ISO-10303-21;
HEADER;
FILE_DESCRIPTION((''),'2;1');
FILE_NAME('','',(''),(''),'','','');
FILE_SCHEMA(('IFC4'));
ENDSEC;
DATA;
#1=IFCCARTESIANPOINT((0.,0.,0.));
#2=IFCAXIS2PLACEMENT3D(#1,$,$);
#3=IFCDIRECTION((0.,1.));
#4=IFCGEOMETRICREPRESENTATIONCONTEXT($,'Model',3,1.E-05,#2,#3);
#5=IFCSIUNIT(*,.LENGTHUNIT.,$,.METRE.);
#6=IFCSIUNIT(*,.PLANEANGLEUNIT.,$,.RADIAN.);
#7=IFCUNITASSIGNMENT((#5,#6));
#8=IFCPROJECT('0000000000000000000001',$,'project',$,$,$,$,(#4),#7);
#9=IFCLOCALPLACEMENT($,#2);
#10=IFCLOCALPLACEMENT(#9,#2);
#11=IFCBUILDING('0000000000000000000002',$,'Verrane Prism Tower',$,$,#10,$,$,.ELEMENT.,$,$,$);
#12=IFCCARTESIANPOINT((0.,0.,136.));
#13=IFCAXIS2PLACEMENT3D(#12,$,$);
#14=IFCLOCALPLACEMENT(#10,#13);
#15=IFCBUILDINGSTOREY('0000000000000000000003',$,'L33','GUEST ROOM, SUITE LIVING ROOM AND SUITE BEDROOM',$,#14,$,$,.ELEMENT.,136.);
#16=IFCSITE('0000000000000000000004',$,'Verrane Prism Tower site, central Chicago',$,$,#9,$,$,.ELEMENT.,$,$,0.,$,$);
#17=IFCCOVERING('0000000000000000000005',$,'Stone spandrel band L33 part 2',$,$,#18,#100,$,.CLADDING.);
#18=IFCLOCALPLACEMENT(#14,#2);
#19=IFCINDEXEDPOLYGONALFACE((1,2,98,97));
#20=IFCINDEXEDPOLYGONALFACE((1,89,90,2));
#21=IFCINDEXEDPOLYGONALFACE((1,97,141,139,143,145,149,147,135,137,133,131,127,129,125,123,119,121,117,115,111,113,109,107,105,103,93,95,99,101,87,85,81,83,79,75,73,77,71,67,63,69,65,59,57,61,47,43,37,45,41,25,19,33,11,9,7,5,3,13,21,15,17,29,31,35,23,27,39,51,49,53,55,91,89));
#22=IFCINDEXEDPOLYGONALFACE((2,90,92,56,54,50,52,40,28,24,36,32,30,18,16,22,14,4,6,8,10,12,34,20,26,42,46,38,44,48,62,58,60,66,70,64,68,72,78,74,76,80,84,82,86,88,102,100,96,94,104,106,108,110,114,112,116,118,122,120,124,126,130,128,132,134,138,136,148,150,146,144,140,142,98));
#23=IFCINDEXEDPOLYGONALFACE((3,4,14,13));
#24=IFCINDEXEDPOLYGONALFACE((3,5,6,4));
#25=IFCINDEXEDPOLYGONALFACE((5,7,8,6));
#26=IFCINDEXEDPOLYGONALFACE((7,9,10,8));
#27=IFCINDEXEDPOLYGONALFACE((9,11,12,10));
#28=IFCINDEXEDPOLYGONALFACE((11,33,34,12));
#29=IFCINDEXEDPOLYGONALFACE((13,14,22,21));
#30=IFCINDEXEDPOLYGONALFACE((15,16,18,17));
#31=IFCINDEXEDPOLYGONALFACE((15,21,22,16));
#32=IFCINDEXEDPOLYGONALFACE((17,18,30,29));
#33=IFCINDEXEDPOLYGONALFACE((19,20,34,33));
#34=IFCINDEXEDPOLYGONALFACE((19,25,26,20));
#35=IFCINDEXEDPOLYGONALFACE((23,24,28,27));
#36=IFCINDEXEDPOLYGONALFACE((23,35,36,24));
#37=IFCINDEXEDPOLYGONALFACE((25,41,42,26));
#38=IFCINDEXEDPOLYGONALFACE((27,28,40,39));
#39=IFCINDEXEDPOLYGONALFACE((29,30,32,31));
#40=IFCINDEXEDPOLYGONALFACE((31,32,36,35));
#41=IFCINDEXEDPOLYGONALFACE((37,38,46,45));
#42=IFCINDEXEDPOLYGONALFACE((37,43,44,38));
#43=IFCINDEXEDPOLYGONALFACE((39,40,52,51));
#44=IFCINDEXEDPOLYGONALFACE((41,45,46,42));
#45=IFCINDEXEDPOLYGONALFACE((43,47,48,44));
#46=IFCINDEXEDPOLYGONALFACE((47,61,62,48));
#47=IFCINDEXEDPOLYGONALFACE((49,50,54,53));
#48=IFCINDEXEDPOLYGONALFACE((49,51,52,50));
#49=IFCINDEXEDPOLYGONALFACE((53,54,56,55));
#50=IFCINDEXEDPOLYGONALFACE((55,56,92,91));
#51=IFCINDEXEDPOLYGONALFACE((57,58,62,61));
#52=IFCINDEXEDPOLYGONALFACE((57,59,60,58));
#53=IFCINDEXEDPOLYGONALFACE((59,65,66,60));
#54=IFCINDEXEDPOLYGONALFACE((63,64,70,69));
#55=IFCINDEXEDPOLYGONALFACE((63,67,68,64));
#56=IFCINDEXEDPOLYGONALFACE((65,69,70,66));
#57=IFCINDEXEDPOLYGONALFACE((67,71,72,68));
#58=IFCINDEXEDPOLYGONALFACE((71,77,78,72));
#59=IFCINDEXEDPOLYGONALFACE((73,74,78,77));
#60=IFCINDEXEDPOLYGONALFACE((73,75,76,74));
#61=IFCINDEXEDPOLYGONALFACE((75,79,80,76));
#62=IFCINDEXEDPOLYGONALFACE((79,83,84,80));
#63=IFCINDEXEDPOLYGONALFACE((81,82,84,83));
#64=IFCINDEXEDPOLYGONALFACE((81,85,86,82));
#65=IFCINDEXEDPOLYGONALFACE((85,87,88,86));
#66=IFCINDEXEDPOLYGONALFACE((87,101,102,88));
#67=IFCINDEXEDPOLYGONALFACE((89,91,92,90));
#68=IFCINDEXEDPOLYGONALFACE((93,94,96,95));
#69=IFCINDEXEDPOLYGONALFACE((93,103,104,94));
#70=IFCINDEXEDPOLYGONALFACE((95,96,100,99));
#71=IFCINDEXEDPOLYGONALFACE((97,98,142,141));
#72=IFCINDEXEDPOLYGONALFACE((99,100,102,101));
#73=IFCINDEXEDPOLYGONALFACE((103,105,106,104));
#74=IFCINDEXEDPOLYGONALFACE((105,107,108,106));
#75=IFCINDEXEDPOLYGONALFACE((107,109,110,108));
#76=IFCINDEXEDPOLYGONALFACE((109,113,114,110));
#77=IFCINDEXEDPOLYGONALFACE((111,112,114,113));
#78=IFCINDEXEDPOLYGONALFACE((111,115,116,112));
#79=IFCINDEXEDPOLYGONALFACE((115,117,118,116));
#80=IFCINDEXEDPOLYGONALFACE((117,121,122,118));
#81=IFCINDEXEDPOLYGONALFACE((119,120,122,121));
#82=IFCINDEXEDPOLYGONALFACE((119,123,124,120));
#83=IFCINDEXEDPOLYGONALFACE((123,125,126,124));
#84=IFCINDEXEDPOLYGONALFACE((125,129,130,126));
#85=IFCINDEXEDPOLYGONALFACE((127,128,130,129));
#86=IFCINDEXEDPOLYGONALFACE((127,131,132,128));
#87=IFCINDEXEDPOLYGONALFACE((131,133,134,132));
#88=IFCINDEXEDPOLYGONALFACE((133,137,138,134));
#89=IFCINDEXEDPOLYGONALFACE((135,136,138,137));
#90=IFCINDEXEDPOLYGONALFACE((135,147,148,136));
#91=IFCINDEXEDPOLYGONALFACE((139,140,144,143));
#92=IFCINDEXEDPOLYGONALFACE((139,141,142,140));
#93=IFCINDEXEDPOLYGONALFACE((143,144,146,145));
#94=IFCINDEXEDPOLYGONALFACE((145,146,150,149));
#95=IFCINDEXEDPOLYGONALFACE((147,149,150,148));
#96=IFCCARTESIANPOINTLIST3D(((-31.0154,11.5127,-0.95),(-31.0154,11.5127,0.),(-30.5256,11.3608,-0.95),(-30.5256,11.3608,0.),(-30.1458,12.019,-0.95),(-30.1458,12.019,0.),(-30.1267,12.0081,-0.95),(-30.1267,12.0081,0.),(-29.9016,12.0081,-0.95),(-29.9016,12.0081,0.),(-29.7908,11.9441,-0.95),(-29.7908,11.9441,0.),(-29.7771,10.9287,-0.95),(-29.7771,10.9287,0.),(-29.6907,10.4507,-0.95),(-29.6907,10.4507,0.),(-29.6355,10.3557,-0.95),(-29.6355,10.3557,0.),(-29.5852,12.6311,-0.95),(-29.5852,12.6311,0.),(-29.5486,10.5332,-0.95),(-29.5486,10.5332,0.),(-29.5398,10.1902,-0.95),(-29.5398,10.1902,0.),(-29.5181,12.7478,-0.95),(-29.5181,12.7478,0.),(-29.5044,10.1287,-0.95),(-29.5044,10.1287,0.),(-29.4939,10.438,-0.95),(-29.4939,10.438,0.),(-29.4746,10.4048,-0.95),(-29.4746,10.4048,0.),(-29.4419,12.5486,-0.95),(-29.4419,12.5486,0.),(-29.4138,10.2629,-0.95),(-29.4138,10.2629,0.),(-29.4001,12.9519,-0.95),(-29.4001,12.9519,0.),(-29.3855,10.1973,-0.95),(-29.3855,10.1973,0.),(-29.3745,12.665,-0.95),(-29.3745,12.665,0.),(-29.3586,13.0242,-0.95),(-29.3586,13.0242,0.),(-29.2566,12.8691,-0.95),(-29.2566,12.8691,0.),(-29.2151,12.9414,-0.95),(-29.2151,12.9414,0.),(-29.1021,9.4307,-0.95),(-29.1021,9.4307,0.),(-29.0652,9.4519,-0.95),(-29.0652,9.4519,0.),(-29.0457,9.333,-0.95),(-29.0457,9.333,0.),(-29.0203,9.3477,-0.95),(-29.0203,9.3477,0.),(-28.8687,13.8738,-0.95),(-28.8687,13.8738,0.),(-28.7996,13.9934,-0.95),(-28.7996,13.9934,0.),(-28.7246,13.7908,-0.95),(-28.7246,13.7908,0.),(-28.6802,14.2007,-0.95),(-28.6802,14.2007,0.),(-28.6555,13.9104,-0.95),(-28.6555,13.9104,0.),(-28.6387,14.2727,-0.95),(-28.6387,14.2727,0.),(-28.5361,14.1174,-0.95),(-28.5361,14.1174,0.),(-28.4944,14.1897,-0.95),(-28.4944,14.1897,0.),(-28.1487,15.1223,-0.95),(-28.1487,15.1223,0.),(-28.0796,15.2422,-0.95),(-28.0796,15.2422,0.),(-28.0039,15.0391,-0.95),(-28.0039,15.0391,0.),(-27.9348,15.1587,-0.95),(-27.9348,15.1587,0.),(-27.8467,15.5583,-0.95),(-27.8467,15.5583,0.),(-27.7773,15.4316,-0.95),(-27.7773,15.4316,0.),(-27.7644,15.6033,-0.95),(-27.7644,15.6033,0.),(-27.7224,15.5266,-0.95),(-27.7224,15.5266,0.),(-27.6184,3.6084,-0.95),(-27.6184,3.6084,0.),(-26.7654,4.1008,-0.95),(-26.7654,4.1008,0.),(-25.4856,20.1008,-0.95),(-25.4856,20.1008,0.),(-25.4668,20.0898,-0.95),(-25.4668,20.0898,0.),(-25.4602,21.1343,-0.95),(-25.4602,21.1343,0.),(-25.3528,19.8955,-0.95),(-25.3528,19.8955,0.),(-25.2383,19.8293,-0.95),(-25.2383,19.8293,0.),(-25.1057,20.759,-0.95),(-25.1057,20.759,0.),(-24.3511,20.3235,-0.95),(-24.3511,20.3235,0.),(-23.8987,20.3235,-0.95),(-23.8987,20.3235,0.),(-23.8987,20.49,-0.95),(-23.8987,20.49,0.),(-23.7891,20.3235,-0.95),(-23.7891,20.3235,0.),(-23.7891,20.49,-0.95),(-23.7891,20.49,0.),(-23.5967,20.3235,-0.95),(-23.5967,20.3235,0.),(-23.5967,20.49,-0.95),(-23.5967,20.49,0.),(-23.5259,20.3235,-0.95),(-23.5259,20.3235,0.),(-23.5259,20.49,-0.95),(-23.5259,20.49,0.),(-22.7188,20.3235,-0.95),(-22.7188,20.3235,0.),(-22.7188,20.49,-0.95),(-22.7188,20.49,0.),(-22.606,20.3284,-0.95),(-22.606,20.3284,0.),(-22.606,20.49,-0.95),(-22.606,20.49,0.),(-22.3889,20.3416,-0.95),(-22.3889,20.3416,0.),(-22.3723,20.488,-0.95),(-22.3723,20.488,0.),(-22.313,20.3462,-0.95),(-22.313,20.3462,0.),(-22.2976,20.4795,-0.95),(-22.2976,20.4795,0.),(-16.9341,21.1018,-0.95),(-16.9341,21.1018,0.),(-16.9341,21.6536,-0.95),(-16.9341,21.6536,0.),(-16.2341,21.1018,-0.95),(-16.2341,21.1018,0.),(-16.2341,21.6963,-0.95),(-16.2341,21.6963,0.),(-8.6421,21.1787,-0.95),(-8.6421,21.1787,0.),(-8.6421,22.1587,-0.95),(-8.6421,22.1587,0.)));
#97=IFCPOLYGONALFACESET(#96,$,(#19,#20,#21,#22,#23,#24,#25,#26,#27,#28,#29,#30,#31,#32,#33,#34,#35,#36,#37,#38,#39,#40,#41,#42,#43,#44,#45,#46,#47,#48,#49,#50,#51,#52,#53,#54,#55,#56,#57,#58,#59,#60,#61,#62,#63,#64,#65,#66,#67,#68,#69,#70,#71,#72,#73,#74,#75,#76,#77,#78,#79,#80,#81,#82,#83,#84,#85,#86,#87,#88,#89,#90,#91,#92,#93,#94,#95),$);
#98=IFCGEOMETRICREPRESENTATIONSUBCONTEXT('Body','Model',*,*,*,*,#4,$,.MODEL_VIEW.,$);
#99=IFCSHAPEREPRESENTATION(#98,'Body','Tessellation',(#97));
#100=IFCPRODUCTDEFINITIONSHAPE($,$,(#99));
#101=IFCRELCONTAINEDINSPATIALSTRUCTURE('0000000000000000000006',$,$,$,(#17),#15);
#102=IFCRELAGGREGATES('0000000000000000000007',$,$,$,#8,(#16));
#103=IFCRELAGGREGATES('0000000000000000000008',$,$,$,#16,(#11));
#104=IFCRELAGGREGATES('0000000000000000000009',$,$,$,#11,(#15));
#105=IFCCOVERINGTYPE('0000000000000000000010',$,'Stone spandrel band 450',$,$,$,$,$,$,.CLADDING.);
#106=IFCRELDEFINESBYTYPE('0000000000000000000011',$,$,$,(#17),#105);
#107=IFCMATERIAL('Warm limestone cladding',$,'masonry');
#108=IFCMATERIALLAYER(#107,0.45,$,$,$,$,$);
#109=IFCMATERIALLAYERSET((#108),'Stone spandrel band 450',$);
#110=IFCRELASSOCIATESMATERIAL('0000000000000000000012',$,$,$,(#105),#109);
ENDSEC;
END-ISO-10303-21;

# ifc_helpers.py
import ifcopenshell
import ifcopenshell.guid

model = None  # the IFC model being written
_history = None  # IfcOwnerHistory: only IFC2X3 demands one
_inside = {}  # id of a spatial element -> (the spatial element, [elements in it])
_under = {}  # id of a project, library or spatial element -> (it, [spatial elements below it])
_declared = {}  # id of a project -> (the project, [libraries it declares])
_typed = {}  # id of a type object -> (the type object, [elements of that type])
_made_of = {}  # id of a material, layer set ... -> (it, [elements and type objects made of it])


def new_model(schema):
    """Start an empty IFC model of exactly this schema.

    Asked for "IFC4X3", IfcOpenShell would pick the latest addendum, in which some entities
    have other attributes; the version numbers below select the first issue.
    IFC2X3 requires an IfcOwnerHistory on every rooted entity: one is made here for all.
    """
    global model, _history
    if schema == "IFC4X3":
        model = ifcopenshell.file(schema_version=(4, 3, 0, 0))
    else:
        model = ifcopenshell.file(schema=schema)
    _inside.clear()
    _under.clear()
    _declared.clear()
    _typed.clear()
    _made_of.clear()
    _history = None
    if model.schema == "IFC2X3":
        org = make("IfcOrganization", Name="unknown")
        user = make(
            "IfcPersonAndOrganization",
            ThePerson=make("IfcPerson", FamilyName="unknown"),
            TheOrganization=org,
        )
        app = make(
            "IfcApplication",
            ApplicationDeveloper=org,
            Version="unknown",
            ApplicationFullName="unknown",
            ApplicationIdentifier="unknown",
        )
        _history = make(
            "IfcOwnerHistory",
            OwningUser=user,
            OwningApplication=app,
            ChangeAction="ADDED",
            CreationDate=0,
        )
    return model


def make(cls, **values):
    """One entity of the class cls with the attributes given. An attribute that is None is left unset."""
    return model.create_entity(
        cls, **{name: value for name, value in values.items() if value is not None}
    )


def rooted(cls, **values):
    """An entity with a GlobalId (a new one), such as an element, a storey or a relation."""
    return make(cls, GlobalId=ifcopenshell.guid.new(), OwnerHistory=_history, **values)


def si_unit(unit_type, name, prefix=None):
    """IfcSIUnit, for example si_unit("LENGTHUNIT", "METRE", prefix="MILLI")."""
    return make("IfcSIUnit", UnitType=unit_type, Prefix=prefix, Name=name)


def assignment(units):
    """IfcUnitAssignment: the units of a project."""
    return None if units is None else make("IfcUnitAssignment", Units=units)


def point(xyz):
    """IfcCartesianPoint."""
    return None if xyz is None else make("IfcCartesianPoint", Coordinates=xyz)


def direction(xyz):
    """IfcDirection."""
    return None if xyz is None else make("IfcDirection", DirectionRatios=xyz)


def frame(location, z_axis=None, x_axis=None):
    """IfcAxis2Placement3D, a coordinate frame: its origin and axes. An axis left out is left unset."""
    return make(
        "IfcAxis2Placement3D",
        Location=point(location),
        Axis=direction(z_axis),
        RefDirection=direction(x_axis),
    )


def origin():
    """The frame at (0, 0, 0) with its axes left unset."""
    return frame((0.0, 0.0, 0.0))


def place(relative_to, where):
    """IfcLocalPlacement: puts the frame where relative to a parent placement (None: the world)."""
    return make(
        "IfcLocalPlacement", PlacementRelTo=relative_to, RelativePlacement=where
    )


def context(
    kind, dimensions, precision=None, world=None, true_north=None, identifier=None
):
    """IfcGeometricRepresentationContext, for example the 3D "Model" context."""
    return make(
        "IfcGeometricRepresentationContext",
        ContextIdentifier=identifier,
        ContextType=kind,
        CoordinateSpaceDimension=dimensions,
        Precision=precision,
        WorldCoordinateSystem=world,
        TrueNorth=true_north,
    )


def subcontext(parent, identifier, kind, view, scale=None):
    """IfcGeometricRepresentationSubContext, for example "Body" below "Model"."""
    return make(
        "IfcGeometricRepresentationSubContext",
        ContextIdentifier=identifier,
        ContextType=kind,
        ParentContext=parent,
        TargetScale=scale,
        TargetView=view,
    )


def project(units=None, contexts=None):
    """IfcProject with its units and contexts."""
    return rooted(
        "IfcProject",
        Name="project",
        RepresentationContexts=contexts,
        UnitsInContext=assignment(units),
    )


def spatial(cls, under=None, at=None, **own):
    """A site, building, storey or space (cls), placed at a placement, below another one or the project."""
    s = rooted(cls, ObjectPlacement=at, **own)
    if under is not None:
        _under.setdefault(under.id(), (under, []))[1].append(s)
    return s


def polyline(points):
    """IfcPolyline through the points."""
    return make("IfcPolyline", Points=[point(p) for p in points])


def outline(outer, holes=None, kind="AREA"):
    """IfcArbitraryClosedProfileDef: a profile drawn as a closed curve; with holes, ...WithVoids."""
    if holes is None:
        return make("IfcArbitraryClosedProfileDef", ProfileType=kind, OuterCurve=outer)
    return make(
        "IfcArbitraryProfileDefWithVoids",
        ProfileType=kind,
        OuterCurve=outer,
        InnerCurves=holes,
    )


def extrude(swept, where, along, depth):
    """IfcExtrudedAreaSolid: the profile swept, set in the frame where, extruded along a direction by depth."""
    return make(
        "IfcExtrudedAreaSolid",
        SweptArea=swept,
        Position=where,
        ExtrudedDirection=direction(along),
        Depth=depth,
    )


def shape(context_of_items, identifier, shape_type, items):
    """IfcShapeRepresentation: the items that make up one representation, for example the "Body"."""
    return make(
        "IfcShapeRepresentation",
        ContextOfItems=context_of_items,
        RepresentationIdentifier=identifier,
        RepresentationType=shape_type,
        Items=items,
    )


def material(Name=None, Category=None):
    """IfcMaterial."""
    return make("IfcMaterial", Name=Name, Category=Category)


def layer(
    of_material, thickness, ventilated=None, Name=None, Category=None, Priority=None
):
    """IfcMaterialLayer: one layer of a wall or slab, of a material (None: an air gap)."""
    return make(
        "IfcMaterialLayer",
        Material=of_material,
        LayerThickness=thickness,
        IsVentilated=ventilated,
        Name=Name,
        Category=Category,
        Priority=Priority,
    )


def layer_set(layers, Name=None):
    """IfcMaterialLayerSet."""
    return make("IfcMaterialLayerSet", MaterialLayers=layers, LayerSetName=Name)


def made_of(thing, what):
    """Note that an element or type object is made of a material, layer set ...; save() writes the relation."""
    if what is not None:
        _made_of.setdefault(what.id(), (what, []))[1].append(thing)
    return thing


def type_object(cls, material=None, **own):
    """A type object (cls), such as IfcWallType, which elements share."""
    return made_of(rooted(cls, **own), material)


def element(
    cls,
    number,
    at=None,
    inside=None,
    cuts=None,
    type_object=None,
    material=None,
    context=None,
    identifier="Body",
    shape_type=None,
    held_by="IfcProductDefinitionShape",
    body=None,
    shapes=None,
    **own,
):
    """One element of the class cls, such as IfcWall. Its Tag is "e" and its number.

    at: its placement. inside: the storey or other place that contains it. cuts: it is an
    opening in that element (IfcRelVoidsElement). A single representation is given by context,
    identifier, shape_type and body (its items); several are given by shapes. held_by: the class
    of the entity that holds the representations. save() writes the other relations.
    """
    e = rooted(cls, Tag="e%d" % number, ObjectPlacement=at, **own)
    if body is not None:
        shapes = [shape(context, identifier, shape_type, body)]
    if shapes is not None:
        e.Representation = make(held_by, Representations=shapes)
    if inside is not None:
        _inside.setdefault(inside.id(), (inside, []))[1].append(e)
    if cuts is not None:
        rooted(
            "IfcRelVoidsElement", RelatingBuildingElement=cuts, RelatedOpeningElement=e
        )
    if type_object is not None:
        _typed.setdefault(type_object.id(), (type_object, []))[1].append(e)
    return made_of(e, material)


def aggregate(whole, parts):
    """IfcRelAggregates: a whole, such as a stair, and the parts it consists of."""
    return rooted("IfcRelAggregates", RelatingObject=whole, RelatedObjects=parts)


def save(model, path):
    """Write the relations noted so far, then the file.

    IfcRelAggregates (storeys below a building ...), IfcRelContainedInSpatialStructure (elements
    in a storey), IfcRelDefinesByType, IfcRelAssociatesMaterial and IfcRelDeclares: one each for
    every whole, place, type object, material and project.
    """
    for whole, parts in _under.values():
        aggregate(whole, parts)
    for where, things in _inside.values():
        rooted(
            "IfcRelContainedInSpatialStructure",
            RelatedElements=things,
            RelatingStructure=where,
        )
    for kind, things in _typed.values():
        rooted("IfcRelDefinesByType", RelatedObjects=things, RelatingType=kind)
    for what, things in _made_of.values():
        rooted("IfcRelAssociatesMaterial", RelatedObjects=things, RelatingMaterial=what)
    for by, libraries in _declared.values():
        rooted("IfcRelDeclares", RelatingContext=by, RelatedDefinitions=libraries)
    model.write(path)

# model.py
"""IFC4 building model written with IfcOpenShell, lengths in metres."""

from ifc_helpers import new_model, si_unit, direction, frame, origin, place, context, subcontext, project, spatial, polyline, outline, extrude, material, layer, layer_set, type_object, element, save


model = new_model("IFC4")

# Units and contexts
model_context = context("Model", 3, precision=1e-05, world=origin(), true_north=direction((0.0, 1.0)))
body_context = subcontext(model_context, "Body", "Model", "MODEL_VIEW")
ifc_project = project(units=[si_unit("LENGTHUNIT", "METRE"), si_unit("PLANEANGLEUNIT", "RADIAN")], contexts=[model_context])

# Site, building, storey
site_placement = place(None, origin())
site = spatial("IfcSite", under=ifc_project, at=site_placement, Name="Verrane Prism Tower site, central Chicago", CompositionType="ELEMENT", RefElevation=0.0)
building_placement = place(site_placement, origin())
building = spatial("IfcBuilding", under=site, at=building_placement, Name="Verrane Prism Tower", CompositionType="ELEMENT")
storey_placement = place(building_placement, frame((0.0, 0.0, 136.0)))
storey = spatial("IfcBuildingStorey", under=building, at=storey_placement, Name="L33", Description="GUEST ROOM, SUITE LIVING ROOM AND SUITE BEDROOM", CompositionType="ELEMENT", Elevation=136.0)

# Covering
ifc_material_1 = material(Name="Warm limestone cladding", Category="masonry")
ifc_layer_1 = layer(ifc_material_1, 0.45)
ifc_layer_set_1 = layer_set([ifc_layer_1], Name="Stone spandrel band 450")
covering_type = type_object("IfcCoveringType", Name="Stone spandrel band 450", PredefinedType="CLADDING", material=ifc_layer_set_1)
covering_1_placement = place(storey_placement, frame((0.0, 0.0, -0.95)))
element("IfcCovering", 1, at=covering_1_placement, inside=storey, type_object=covering_type, Name="Stone spandrel band L33 part 2", PredefinedType="CLADDING", context=body_context, shape_type="SweptSolid", body=[
    extrude(outline(polyline([(-26.7654, 4.1008), (-29.0203, 9.3477), (-29.0457, 9.333), (-29.1021, 9.4307), (-29.0652, 9.4519), (-29.3855, 10.1973), (-29.5044, 10.1287), (-29.5398, 10.1902), (-29.4138, 10.2629), (-29.4746, 10.4048), (-29.4939, 10.438), (-29.6355, 10.3557), (-29.6907, 10.4507), (-29.5486, 10.5332), (-29.7771, 10.9287), (-30.5256, 11.3608), (-30.1458, 12.019), (-30.1267, 12.0081), (-29.9016, 12.0081), (-29.7908, 11.9441), (-29.4419, 12.5486), (-29.5852, 12.6311), (-29.5181, 12.7478), (-29.3745, 12.665), (-29.2566, 12.8691), (-29.4001, 12.9519), (-29.3586, 13.0242), (-29.2151, 12.9414), (-28.7246, 13.7908), (-28.8687, 13.8738), (-28.7996, 13.9934), (-28.6555, 13.9104), (-28.5361, 14.1174), (-28.6802, 14.2007), (-28.6387, 14.2727), (-28.4944, 14.1897), (-28.0039, 15.0391), (-28.1487, 15.1223), (-28.0796, 15.2422), (-27.9348, 15.1587), (-27.7773, 15.4316), (-27.8467, 15.5583), (-27.7644, 15.6033), (-27.7224, 15.5266), (-25.2383, 19.8293), (-25.3528, 19.8955), (-25.4668, 20.0898), (-25.4856, 20.1008), (-25.1057, 20.759), (-24.3511, 20.3235), (-23.8987, 20.3235), (-23.8987, 20.49), (-23.7891, 20.49), (-23.7891, 20.3235), (-23.5967, 20.3235), (-23.5967, 20.49), (-23.5259, 20.49), (-23.5259, 20.3235), (-22.7188, 20.3235), (-22.7188, 20.49), (-22.606, 20.49), (-22.606, 20.3284), (-22.3889, 20.3416), (-22.3723, 20.488), (-22.2976, 20.4795), (-22.313, 20.3462), (-8.6421, 21.1787), (-8.6421, 22.1587), (-16.2341, 21.6963), (-16.2341, 21.1018), (-16.9341, 21.1018), (-16.9341, 21.6536), (-25.4602, 21.1343), (-31.0154, 11.5127), (-27.6184, 3.6084), (-26.7654, 4.1008)])), origin(), (0.0, 0.0, 1.0), 0.95),
])

save(model, "model.ifc")
